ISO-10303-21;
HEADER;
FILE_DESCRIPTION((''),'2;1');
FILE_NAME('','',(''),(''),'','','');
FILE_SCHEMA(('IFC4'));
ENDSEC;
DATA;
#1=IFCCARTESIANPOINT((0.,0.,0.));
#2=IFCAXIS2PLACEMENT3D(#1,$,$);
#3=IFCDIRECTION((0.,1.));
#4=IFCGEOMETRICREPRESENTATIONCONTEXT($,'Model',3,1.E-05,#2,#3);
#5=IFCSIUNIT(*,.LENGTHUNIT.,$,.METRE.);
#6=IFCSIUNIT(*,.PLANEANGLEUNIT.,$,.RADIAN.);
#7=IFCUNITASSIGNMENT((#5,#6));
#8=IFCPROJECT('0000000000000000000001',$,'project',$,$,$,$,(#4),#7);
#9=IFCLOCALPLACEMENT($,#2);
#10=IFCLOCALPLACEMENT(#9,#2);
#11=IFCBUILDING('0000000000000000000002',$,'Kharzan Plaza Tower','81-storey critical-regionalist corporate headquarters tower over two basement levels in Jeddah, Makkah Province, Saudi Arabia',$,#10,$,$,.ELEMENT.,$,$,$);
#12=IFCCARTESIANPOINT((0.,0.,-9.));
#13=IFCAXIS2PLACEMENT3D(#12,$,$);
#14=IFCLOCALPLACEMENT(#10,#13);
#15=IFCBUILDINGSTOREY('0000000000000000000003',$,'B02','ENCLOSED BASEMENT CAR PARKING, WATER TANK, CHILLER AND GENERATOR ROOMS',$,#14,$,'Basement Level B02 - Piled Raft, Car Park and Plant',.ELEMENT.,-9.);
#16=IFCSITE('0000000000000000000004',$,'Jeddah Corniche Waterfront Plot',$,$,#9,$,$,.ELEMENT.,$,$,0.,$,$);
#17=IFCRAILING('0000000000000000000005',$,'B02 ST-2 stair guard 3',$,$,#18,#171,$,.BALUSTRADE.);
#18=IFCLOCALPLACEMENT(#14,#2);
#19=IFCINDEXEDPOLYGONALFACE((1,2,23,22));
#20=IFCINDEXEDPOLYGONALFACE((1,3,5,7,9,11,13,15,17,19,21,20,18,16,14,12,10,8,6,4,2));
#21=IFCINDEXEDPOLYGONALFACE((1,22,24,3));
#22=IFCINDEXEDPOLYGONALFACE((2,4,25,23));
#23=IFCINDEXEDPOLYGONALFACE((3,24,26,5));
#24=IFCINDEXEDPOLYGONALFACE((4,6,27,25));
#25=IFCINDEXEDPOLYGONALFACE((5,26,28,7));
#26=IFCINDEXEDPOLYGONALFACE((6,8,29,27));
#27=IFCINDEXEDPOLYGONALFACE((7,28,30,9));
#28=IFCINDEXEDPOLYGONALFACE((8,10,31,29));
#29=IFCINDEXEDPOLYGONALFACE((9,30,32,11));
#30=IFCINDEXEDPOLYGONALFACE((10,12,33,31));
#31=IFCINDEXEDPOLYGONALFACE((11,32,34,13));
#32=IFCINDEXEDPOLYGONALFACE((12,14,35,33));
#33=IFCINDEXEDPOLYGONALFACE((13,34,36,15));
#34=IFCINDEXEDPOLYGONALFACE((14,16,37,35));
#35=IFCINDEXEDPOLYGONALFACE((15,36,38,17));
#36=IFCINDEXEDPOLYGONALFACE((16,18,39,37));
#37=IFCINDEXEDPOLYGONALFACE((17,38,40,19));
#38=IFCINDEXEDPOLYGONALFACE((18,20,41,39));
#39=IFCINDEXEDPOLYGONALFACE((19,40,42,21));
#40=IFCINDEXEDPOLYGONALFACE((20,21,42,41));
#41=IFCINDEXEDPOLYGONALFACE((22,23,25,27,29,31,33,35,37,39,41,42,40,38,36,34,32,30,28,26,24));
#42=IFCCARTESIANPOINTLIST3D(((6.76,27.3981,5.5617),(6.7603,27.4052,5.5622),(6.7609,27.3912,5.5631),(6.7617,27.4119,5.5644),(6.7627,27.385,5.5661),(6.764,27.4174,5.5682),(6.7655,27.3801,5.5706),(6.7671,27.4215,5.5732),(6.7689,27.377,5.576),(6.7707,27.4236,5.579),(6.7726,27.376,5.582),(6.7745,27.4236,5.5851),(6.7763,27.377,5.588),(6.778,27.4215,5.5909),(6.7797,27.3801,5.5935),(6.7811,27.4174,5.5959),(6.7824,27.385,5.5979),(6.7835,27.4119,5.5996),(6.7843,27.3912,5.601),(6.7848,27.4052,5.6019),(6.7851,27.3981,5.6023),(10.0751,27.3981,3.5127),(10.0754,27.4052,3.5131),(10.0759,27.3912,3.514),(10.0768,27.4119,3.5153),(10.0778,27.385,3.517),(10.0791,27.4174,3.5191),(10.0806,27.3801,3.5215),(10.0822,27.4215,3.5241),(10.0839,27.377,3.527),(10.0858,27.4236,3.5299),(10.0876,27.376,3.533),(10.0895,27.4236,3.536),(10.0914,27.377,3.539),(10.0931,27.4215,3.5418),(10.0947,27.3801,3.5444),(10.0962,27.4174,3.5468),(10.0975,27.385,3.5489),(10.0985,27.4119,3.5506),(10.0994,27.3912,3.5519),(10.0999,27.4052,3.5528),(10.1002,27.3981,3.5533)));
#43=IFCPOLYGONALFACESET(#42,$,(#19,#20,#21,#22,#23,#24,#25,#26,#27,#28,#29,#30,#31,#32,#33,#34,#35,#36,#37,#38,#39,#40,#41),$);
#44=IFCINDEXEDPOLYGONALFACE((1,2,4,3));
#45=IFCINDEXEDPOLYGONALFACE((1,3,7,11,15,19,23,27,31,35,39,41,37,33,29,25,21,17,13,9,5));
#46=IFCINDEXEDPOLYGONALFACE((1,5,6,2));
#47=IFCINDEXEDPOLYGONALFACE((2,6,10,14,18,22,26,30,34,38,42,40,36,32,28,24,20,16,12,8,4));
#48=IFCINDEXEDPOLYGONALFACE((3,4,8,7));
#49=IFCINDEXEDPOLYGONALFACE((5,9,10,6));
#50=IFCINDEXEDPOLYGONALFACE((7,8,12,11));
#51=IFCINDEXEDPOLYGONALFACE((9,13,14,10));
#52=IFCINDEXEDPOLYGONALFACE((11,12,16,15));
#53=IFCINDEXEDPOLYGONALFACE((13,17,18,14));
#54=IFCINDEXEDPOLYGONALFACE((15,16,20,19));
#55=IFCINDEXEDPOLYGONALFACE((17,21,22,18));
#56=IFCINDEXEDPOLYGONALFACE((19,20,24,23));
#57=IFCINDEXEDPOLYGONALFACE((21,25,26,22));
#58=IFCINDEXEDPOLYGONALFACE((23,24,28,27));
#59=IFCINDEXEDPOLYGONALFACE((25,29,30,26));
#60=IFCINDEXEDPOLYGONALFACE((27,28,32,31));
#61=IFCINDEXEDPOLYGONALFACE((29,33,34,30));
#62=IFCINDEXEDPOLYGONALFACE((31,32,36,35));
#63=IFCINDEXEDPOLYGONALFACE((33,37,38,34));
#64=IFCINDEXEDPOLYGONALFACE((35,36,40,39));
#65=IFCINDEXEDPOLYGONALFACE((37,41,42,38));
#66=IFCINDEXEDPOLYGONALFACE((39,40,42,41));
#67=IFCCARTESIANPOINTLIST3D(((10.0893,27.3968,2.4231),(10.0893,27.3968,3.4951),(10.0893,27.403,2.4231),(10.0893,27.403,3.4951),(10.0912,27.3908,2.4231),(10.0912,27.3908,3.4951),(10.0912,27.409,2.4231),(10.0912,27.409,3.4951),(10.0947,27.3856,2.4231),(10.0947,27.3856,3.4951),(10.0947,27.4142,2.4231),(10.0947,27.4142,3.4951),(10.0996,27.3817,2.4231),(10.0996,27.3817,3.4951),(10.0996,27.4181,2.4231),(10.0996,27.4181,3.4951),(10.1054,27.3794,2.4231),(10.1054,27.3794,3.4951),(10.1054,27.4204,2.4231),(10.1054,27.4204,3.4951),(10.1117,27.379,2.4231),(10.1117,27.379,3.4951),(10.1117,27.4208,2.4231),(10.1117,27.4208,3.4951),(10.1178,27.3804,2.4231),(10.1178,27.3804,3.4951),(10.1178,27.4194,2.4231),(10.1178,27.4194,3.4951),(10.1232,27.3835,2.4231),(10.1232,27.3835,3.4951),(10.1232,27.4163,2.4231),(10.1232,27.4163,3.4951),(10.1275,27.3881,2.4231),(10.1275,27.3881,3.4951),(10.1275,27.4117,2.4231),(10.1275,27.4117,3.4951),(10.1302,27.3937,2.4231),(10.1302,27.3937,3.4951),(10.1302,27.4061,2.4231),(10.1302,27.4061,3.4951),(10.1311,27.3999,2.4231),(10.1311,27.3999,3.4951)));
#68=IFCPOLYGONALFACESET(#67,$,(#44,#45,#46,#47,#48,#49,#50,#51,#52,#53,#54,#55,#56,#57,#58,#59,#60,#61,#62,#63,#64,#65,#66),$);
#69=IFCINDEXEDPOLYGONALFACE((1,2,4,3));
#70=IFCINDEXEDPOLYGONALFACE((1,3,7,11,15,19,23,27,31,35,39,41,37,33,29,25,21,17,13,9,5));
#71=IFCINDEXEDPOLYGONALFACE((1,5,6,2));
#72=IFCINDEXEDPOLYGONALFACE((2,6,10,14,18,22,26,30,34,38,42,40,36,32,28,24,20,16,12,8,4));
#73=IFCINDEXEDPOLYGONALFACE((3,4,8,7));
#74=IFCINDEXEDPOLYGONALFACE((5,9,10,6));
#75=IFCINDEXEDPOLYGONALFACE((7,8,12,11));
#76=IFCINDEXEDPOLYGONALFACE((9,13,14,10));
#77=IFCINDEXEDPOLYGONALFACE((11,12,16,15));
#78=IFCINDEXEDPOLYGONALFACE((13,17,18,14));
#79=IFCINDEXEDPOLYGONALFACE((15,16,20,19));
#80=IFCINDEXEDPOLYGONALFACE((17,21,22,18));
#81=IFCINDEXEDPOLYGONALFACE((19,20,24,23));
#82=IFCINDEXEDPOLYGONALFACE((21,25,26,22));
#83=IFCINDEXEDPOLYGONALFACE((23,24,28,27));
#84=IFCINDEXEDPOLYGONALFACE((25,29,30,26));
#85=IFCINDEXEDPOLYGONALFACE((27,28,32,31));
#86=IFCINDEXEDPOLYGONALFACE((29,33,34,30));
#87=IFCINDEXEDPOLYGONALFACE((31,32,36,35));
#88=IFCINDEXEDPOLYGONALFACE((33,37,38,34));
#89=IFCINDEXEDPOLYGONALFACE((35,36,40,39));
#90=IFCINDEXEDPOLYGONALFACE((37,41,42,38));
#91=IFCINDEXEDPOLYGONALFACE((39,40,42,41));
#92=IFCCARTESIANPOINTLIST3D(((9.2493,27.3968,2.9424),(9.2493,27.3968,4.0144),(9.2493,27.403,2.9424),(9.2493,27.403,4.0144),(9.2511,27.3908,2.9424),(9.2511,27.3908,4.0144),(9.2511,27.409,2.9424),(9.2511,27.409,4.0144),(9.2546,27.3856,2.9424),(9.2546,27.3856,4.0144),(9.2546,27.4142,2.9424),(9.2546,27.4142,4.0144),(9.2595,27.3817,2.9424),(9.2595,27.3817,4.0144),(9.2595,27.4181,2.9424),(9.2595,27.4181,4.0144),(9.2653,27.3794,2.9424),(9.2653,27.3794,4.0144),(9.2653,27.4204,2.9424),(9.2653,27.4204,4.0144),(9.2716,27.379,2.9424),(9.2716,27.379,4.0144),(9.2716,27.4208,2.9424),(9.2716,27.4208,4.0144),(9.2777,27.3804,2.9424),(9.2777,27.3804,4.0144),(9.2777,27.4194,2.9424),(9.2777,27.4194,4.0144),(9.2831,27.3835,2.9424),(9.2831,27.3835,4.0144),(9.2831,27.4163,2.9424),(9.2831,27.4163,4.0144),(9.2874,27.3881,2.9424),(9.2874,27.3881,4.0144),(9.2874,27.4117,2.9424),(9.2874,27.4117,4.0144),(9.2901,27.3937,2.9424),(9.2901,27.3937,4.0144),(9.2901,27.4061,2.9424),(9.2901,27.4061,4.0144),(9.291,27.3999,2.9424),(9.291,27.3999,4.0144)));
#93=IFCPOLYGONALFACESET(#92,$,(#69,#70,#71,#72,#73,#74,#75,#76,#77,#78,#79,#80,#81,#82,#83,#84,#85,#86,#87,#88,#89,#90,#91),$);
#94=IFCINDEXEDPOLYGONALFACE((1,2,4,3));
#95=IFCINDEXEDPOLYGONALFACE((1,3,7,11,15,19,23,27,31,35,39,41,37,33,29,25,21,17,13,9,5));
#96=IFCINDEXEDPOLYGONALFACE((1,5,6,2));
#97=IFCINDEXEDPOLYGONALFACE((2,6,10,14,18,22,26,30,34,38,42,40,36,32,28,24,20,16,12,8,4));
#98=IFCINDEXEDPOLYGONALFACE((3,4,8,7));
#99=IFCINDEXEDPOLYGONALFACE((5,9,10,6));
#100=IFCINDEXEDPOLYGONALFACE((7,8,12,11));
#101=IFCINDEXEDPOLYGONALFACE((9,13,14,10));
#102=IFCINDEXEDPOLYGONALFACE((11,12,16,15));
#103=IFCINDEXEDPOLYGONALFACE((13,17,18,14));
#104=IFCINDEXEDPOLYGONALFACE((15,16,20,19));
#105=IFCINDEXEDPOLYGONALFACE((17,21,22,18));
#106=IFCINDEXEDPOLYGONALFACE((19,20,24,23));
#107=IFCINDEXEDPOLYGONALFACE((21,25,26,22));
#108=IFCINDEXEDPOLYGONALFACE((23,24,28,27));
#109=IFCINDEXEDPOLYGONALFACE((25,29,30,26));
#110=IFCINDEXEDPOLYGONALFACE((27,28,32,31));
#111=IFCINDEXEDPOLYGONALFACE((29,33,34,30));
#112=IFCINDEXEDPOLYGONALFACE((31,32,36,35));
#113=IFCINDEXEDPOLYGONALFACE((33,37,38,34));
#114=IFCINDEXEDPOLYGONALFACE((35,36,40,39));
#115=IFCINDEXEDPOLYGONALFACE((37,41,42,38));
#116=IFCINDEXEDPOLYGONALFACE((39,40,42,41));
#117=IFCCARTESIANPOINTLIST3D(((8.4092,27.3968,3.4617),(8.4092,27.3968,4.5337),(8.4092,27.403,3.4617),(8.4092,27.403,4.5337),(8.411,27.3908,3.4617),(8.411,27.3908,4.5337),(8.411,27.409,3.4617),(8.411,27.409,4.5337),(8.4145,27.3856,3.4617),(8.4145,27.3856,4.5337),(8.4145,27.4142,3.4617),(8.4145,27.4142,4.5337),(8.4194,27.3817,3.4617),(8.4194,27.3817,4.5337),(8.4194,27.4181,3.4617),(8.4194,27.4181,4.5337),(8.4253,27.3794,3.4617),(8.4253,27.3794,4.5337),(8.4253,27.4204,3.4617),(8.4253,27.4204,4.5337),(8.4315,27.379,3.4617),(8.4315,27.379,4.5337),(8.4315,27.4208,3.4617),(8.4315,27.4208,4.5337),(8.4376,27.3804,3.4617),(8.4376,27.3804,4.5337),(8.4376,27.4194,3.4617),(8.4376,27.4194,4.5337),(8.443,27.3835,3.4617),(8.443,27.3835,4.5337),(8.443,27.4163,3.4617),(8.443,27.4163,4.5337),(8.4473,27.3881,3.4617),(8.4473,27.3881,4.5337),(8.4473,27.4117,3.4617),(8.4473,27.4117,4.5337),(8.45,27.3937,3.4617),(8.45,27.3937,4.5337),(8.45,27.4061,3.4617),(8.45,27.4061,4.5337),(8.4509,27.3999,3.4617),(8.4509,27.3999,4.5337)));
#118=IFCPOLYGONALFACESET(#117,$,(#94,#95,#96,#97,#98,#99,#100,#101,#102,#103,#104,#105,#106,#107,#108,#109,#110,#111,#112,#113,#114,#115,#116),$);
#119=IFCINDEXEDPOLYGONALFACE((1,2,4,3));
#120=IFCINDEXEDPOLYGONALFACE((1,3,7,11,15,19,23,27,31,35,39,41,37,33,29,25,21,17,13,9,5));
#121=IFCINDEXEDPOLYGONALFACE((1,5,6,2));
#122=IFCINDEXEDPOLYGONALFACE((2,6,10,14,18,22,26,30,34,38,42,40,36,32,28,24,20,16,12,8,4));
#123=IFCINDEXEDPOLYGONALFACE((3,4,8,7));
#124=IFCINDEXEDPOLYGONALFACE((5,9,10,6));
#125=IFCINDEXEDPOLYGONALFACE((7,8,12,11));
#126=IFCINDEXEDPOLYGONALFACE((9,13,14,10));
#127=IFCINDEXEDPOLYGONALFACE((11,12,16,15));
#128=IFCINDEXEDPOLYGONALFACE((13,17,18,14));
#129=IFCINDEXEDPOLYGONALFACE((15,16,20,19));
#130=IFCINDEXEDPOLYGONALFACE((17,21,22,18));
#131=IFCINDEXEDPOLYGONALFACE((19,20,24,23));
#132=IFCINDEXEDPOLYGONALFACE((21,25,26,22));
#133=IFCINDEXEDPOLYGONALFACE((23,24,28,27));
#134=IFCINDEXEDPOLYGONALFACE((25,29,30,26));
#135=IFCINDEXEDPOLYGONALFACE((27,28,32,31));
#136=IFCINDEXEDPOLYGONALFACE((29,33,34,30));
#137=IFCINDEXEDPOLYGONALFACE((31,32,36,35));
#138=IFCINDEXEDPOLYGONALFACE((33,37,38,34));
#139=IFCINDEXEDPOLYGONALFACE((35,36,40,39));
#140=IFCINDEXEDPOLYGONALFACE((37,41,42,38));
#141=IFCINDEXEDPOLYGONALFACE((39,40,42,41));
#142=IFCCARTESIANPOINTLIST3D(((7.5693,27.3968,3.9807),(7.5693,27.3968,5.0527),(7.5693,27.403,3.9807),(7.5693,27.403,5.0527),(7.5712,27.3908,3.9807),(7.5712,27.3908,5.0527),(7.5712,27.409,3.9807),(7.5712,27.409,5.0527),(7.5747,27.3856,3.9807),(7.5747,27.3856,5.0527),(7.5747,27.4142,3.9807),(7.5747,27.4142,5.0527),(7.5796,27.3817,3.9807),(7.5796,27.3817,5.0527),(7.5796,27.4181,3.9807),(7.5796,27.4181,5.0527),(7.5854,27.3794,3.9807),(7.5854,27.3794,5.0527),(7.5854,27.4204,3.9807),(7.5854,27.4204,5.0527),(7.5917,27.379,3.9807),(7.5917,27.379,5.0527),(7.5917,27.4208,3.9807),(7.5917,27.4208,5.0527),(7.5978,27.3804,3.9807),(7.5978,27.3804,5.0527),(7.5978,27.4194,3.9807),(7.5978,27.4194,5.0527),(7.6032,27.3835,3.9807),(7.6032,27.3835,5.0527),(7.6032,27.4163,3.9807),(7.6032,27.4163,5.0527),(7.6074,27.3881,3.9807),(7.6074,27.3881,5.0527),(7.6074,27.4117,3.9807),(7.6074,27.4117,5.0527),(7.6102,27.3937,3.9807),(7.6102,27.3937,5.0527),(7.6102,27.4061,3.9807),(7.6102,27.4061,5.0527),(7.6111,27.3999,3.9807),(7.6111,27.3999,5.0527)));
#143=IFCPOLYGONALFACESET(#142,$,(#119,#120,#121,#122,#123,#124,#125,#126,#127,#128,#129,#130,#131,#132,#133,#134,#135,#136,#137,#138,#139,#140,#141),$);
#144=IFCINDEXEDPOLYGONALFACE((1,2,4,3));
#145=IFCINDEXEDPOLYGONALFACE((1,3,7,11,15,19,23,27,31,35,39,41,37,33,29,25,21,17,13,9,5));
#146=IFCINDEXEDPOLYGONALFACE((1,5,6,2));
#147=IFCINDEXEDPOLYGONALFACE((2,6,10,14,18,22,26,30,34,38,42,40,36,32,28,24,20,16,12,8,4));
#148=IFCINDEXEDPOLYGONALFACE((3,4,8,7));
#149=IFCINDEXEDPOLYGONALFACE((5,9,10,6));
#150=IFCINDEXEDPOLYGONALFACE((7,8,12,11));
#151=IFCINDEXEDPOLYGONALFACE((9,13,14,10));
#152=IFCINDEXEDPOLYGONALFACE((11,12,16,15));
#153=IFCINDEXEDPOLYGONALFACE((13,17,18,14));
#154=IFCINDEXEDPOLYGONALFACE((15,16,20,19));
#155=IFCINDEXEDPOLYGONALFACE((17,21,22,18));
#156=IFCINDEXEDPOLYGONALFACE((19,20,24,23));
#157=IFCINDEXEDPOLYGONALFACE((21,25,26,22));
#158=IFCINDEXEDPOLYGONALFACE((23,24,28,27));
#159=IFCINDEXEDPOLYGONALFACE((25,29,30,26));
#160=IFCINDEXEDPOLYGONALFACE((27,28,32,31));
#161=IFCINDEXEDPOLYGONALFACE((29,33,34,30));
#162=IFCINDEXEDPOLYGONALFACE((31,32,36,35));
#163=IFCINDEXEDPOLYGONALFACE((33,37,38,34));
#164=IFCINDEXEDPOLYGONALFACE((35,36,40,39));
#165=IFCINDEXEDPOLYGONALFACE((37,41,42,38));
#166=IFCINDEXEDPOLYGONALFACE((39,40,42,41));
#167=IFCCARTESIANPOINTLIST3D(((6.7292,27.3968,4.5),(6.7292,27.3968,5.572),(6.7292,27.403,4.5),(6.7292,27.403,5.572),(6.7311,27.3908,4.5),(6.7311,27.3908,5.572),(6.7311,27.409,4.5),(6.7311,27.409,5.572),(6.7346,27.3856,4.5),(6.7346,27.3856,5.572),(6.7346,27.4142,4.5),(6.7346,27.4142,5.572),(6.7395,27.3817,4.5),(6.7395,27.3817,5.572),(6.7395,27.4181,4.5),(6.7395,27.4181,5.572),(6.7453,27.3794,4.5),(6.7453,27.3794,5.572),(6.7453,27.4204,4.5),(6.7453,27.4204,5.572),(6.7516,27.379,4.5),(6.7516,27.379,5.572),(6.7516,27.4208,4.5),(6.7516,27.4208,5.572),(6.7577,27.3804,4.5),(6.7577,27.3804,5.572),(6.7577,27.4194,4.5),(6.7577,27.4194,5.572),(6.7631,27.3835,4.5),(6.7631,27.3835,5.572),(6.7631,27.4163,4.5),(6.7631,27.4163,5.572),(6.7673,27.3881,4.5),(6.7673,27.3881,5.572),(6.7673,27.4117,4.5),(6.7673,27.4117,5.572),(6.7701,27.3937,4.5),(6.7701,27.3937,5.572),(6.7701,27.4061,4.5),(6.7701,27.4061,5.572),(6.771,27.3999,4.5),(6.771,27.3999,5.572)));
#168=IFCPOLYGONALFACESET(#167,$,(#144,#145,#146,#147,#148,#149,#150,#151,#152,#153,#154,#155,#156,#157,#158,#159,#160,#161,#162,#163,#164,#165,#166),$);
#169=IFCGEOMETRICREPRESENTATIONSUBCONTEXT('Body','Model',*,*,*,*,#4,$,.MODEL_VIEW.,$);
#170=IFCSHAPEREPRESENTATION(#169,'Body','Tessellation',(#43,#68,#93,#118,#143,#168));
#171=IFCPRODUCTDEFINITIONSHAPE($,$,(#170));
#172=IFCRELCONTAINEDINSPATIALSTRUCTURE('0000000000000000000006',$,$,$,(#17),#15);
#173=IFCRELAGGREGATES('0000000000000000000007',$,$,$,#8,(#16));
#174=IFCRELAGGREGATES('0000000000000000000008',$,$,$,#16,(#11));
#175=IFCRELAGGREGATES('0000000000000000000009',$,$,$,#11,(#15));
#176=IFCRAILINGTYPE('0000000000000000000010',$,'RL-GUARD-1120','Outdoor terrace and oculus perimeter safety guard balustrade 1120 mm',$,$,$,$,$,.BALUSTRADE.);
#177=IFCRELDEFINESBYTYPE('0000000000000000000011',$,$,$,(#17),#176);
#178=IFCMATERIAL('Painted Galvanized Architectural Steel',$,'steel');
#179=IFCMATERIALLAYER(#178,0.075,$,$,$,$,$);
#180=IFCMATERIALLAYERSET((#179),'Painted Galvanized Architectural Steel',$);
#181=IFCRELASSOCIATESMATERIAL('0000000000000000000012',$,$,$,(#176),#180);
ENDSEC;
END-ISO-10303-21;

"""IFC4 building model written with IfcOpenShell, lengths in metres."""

from ifc_helpers import new_model, si_unit, direction, frame, origin, origin_2d, place, context, subcontext, project, spatial, circle, extrude, source, transform, mapped, material, layer, layer_set, type_object, element, save


model = new_model("IFC4")

# Units and contexts
model_context = context("Model", 3, precision=1e-05, world=origin(), true_north=direction((0.0, 1.0)))
body_context = subcontext(model_context, "Body", "Model", "MODEL_VIEW")
ifc_project = project(units=[si_unit("LENGTHUNIT", "METRE"), si_unit("PLANEANGLEUNIT", "RADIAN")], contexts=[model_context])

# Site, building, storey
site_placement = place(None, origin())
site = spatial("IfcSite", under=ifc_project, at=site_placement, Name="Jeddah Corniche Waterfront Plot", CompositionType="ELEMENT", RefElevation=0.0)
building_placement = place(site_placement, origin())
building = spatial("IfcBuilding", under=site, at=building_placement, Name="Kharzan Plaza Tower", Description="81-storey critical-regionalist corporate headquarters tower over two basement levels in Jeddah, Makkah Province, Saudi Arabia", CompositionType="ELEMENT")
storey_placement = place(building_placement, frame((0.0, 0.0, -9.0)))
storey = spatial("IfcBuildingStorey", under=building, at=storey_placement, Name="B02", Description="ENCLOSED BASEMENT CAR PARKING, WATER TANK, CHILLER AND GENERATOR ROOMS", LongName="Basement Level B02 - Piled Raft, Car Park and Plant", CompositionType="ELEMENT", Elevation=-9.0)

# Railing
ifc_material_1 = material(Name="Painted Galvanized Architectural Steel", Category="steel")
ifc_layer_1 = layer(ifc_material_1, 0.075)
ifc_layer_set_1 = layer_set([ifc_layer_1], Name="Painted Galvanized Architectural Steel")
railing_type_1 = type_object("IfcRailingType", Name="RL-GUARD-1120", Description="Outdoor terrace and oculus perimeter safety guard balustrade 1120 mm", PredefinedType="BALUSTRADE", material=ifc_layer_set_1)
shared_shape_1 = source(origin(), body_context, "Body", "SweptSolid", [
    extrude(circle(Radius=0.0239, at=origin_2d()), frame((-0.0225, 0.0, 1.1099), z_axis=(-0.850623, 0.0, 0.525776), x_axis=(0.0, -1.0, 0.0)), (0.0, 0.0, 1.0), 3.8972),
    extrude(circle(Radius=0.021, at=origin_2d()), origin(), (0.0, 0.0, 1.0), 1.072),
    extrude(circle(Radius=0.021, at=origin_2d()), frame((-0.8401, 0.0, 0.5193)), (0.0, 0.0, 1.0), 1.072),
    extrude(circle(Radius=0.021, at=origin_2d()), frame((-1.6802, 0.0, 1.0386)), (0.0, 0.0, 1.0), 1.072),
    extrude(circle(Radius=0.021, at=origin_2d()), frame((-2.52, 0.0, 1.5576)), (0.0, 0.0, 1.0), 1.072),
    extrude(circle(Radius=0.021, at=origin_2d()), frame((-3.3601, 0.0, 2.0769)), (0.0, 0.0, 1.0), 1.072),
])
railing_1_placement = place(storey_placement, frame((10.1101, 27.3999, 2.4231)))
element("IfcRailing", 1, at=railing_1_placement, inside=storey, type_object=railing_type_1, Name="B02 ST-2 stair guard 3", PredefinedType="BALUSTRADE", context=body_context, shape_type="MappedRepresentation", body=[
    mapped(shared_shape_1, transform((0.0, 0.0, 0.0), x_axis=(1.0, 0.0, 0.0), y_axis=(0.0, 1.0, 0.0), z_axis=(0.0, 0.0, 1.0))),
])

save(model, "model.ifc")
